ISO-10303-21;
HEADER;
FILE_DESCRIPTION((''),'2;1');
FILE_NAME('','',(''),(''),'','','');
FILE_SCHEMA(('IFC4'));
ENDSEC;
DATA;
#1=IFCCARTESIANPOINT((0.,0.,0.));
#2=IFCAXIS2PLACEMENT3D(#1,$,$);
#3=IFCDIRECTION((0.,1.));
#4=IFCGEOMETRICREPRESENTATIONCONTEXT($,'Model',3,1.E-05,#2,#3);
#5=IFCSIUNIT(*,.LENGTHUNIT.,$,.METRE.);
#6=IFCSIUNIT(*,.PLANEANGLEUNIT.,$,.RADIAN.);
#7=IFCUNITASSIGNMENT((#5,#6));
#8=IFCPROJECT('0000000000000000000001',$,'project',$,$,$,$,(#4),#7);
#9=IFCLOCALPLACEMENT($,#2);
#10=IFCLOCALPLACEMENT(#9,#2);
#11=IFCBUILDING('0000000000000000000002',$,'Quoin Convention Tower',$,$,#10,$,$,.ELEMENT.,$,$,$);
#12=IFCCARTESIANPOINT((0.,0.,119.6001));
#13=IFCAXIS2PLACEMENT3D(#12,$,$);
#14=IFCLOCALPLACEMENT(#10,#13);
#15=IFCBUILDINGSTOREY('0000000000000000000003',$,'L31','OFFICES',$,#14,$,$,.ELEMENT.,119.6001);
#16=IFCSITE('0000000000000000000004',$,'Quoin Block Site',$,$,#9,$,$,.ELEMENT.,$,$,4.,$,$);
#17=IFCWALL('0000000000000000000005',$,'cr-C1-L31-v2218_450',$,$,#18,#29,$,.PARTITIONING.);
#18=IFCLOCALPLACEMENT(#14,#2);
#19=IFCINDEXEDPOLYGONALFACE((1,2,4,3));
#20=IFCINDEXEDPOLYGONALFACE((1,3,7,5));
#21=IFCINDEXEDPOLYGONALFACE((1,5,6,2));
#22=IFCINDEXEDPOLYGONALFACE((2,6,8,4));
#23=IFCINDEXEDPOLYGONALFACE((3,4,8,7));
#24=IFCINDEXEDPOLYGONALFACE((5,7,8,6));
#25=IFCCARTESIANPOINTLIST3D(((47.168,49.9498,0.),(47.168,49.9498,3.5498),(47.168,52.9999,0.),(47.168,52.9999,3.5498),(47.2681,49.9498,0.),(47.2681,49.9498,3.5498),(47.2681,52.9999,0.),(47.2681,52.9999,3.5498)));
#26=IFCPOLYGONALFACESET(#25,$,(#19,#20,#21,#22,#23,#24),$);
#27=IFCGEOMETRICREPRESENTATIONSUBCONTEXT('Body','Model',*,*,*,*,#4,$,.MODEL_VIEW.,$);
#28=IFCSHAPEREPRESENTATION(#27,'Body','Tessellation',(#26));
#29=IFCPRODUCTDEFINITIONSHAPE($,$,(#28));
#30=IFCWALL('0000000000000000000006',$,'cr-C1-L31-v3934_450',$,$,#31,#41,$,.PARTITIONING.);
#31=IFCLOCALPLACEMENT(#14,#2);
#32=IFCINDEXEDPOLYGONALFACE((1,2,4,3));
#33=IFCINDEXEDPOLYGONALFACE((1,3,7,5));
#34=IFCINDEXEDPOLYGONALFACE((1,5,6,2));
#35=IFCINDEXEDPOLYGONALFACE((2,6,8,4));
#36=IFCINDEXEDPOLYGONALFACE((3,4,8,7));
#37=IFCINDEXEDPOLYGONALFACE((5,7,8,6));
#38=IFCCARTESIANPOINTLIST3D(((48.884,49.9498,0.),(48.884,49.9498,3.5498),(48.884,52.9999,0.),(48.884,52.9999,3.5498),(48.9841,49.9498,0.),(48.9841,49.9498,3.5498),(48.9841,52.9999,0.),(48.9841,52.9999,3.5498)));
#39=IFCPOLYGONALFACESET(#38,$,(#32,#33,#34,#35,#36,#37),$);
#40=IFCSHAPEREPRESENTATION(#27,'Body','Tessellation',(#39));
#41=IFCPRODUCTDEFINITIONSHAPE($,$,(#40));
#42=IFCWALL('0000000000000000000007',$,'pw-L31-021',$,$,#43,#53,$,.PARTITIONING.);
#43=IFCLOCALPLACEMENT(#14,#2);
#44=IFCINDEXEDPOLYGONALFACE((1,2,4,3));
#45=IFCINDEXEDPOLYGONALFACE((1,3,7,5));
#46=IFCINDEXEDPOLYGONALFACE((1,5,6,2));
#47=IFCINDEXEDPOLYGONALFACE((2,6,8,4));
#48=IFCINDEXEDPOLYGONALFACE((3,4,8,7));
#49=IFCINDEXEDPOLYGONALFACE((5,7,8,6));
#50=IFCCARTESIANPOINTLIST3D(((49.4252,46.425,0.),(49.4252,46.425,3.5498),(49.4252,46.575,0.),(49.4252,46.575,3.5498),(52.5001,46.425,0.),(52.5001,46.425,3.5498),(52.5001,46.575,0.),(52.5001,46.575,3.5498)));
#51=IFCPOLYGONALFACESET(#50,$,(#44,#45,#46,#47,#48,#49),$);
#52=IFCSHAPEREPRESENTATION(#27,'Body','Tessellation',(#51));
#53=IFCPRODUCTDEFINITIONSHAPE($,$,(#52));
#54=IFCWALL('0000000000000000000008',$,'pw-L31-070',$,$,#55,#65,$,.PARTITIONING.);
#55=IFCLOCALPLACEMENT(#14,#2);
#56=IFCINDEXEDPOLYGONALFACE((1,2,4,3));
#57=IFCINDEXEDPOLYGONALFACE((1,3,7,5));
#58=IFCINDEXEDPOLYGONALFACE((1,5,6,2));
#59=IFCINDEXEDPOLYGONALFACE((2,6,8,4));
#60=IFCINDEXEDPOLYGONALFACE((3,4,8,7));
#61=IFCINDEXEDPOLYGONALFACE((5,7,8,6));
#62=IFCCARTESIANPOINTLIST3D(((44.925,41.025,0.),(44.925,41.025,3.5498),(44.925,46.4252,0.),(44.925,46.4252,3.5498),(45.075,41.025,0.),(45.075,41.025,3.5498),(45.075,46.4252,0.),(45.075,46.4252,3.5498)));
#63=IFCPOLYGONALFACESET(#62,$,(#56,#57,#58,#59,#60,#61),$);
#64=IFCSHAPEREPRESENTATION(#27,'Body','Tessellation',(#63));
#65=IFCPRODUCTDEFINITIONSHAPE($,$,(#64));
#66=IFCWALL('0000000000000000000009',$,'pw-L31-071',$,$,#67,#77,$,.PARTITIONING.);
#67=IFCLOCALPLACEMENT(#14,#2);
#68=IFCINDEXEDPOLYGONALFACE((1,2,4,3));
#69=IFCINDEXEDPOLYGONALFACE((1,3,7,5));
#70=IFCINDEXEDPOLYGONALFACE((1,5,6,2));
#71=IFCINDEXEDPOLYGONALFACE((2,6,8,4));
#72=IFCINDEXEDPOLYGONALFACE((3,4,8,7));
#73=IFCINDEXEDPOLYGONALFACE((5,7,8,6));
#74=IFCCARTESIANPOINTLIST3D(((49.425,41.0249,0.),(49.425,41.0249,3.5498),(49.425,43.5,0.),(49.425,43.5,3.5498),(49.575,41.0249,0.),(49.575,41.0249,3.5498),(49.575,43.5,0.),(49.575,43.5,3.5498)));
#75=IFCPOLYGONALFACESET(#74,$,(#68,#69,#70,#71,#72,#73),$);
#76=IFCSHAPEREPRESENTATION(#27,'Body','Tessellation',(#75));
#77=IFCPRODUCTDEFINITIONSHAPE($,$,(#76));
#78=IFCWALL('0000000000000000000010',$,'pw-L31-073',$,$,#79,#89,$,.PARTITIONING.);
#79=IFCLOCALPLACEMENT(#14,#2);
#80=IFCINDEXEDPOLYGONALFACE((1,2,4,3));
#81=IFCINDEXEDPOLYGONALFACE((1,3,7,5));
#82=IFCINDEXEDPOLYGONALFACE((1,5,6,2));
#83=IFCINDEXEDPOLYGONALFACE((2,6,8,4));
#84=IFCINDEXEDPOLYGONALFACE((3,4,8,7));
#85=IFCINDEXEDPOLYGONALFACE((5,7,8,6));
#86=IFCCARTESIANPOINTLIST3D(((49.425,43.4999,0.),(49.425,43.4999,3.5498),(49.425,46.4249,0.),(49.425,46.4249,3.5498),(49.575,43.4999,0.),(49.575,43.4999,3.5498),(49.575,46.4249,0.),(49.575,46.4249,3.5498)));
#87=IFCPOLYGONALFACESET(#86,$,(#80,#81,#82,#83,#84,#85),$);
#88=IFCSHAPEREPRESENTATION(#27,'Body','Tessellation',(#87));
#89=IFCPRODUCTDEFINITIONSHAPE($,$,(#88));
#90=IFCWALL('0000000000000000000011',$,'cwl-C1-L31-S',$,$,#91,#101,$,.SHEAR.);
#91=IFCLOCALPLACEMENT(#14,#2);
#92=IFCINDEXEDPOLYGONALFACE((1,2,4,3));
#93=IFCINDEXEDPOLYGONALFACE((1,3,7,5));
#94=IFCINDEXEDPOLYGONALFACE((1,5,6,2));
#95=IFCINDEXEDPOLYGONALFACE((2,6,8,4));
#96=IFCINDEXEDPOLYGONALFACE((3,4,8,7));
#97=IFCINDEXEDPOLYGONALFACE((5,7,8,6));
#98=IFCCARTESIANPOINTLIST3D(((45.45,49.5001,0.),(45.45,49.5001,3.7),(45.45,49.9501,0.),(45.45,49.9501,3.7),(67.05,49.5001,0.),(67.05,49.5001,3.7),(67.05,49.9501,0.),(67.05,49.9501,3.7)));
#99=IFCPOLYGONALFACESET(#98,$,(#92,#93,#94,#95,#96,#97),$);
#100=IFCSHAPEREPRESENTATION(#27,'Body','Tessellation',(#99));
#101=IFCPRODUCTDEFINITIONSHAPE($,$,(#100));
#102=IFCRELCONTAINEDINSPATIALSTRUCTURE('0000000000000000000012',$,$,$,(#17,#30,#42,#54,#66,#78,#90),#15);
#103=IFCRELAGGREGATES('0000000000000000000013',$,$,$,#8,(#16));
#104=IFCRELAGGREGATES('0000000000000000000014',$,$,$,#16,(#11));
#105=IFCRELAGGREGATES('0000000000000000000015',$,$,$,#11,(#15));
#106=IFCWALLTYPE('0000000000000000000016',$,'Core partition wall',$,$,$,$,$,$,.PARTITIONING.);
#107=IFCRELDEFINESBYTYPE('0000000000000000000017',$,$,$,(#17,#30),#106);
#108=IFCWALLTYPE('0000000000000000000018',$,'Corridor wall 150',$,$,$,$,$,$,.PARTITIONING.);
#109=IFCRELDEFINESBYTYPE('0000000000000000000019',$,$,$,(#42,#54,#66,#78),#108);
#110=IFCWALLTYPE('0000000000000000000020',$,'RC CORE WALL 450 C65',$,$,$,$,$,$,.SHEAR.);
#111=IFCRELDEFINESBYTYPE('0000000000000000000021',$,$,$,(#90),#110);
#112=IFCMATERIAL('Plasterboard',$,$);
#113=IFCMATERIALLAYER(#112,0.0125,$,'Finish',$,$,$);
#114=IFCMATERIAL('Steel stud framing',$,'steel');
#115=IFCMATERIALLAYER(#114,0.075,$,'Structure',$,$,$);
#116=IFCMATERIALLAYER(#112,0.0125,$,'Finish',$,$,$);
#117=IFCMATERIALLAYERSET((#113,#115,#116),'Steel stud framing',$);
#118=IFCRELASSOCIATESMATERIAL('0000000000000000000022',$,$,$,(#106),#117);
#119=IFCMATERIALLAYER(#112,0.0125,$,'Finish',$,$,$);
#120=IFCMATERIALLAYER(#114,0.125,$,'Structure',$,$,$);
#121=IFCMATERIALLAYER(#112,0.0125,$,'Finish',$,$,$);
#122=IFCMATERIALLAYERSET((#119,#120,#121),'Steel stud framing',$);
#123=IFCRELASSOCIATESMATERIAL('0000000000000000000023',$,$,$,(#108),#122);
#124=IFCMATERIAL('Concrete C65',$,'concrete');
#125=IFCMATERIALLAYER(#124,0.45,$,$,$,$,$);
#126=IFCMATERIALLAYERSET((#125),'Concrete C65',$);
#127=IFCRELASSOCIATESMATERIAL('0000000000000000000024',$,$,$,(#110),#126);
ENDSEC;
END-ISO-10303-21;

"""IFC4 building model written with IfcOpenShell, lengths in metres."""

from ifc_helpers import new_model, si_unit, direction, frame, frame_2d, origin, place, context, subcontext, project, spatial, rectangle, extrude, material, layer, layer_set, type_object, element, save


model = new_model("IFC4")

# Units and contexts
model_context = context("Model", 3, precision=1e-05, world=origin(), true_north=direction((0.0, 1.0)))
body_context = subcontext(model_context, "Body", "Model", "MODEL_VIEW")
ifc_project = project(units=[si_unit("LENGTHUNIT", "METRE"), si_unit("PLANEANGLEUNIT", "RADIAN")], contexts=[model_context])

# Site, building, storey
site_placement = place(None, origin())
site = spatial("IfcSite", under=ifc_project, at=site_placement, Name="Quoin Block Site", CompositionType="ELEMENT", RefElevation=4.0)
building_placement = place(site_placement, origin())
building = spatial("IfcBuilding", under=site, at=building_placement, Name="Quoin Convention Tower", CompositionType="ELEMENT")
storey_placement = place(building_placement, frame((0.0, 0.0, 119.6001)))
storey = spatial("IfcBuildingStorey", under=building, at=storey_placement, Name="L31", Description="OFFICES", CompositionType="ELEMENT", Elevation=119.6001)

# Shared definitions
ifc_material_1 = material(Name="Plasterboard")
ifc_material_2 = material(Name="Steel stud framing", Category="steel")

# Walls
ifc_layer_1 = layer(ifc_material_1, 0.0125, Name="Finish")
ifc_layer_2 = layer(ifc_material_2, 0.075, Name="Structure")
ifc_layer_3 = layer(ifc_material_1, 0.0125, Name="Finish")
ifc_layer_set_1 = layer_set([ifc_layer_1, ifc_layer_2, ifc_layer_3], Name="Steel stud framing")
wall_type_1 = type_object("IfcWallType", Name="Core partition wall", PredefinedType="PARTITIONING", material=ifc_layer_set_1)
for number, where, z_axis, x_axis, name in (
    (1, (47.218, 49.95, 0.0), (0.0, 0.0, 1.0), (0.0, 1.0, 0.0), "cr-C1-L31-v2218_450"),
    (2, (48.9341, 49.95, 0.0), (0.0, 0.0, 1.0), (0.0, 1.0, 0.0), "cr-C1-L31-v3934_450"),
):
    element("IfcWall", number, at=place(storey_placement, frame(where, z_axis=z_axis, x_axis=x_axis)), inside=storey, type_object=wall_type_1, Name=name, PredefinedType="PARTITIONING", context=body_context, shape_type="SweptSolid", body=[
        extrude(rectangle(XDim=3.05, YDim=0.1001, at=frame_2d((1.5249, 0.0))), origin(), (0.0, 0.0, 1.0), 3.5498),
    ])
ifc_layer_4 = layer(ifc_material_1, 0.0125, Name="Finish")
ifc_layer_5 = layer(ifc_material_2, 0.125, Name="Structure")
ifc_layer_6 = layer(ifc_material_1, 0.0125, Name="Finish")
ifc_layer_set_2 = layer_set([ifc_layer_4, ifc_layer_5, ifc_layer_6], Name="Steel stud framing")
wall_type_2 = type_object("IfcWallType", Name="Corridor wall 150", PredefinedType="PARTITIONING", material=ifc_layer_set_2)
wall_1_placement = place(storey_placement, frame((49.425, 46.5, 0.0), z_axis=(0.0, 0.0, 1.0), x_axis=(1.0, 0.0, 0.0)))
element("IfcWall", 3, at=wall_1_placement, inside=storey, type_object=wall_type_2, Name="pw-L31-021", PredefinedType="PARTITIONING", context=body_context, shape_type="SweptSolid", body=[
    extrude(rectangle(XDim=3.075, YDim=0.1499, at=frame_2d((1.5376, 0.0))), origin(), (0.0, 0.0, 1.0), 3.5498),
])
wall_2_placement = place(storey_placement, frame((45.0, 41.0249, 0.0), z_axis=(0.0, 0.0, 1.0), x_axis=(0.0, 1.0, 0.0)))
element("IfcWall", 4, at=wall_2_placement, inside=storey, type_object=wall_type_2, Name="pw-L31-070", PredefinedType="PARTITIONING", context=body_context, shape_type="SweptSolid", body=[
    extrude(rectangle(XDim=5.4001, YDim=0.1499, at=frame_2d((2.7002, 0.0))), origin(), (0.0, 0.0, 1.0), 3.5498),
])
wall_3_placement = place(storey_placement, frame((49.5, 41.0249, 0.0), z_axis=(0.0, 0.0, 1.0), x_axis=(0.0, 1.0, 0.0)))
element("IfcWall", 5, at=wall_3_placement, inside=storey, type_object=wall_type_2, Name="pw-L31-071", PredefinedType="PARTITIONING", context=body_context, shape_type="SweptSolid", body=[
    extrude(rectangle(XDim=2.4751, YDim=0.1499, at=frame_2d((1.2375, 0.0))), origin(), (0.0, 0.0, 1.0), 3.5498),
])
wall_4_placement = place(storey_placement, frame((49.5, 43.5, 0.0), z_axis=(0.0, 0.0, 1.0), x_axis=(0.0, 1.0, 0.0)))
element("IfcWall", 6, at=wall_4_placement, inside=storey, type_object=wall_type_2, Name="pw-L31-073", PredefinedType="PARTITIONING", context=body_context, shape_type="SweptSolid", body=[
    extrude(rectangle(XDim=2.925, YDim=0.1499, at=frame_2d((1.4624, 0.0))), origin(), (0.0, 0.0, 1.0), 3.5498),
])
ifc_material_3 = material(Name="Concrete C65", Category="concrete")
ifc_layer_7 = layer(ifc_material_3, 0.45)
ifc_layer_set_3 = layer_set([ifc_layer_7], Name="Concrete C65")
wall_type_3 = type_object("IfcWallType", Name="RC CORE WALL 450 C65", PredefinedType="SHEAR", material=ifc_layer_set_3)
wall_5_placement = place(storey_placement, frame((45.45, 49.7251, 0.0), z_axis=(0.0, 0.0, 1.0), x_axis=(1.0, 0.0, 0.0)))
element("IfcWall", 7, at=wall_5_placement, inside=storey, type_object=wall_type_3, Name="cwl-C1-L31-S", PredefinedType="SHEAR", context=body_context, shape_type="SweptSolid", body=[
    extrude(rectangle(XDim=21.6001, YDim=0.45, at=frame_2d((10.8, 0.0))), origin(), (0.0, 0.0, 1.0), 3.7),
])

save(model, "model.ifc")
